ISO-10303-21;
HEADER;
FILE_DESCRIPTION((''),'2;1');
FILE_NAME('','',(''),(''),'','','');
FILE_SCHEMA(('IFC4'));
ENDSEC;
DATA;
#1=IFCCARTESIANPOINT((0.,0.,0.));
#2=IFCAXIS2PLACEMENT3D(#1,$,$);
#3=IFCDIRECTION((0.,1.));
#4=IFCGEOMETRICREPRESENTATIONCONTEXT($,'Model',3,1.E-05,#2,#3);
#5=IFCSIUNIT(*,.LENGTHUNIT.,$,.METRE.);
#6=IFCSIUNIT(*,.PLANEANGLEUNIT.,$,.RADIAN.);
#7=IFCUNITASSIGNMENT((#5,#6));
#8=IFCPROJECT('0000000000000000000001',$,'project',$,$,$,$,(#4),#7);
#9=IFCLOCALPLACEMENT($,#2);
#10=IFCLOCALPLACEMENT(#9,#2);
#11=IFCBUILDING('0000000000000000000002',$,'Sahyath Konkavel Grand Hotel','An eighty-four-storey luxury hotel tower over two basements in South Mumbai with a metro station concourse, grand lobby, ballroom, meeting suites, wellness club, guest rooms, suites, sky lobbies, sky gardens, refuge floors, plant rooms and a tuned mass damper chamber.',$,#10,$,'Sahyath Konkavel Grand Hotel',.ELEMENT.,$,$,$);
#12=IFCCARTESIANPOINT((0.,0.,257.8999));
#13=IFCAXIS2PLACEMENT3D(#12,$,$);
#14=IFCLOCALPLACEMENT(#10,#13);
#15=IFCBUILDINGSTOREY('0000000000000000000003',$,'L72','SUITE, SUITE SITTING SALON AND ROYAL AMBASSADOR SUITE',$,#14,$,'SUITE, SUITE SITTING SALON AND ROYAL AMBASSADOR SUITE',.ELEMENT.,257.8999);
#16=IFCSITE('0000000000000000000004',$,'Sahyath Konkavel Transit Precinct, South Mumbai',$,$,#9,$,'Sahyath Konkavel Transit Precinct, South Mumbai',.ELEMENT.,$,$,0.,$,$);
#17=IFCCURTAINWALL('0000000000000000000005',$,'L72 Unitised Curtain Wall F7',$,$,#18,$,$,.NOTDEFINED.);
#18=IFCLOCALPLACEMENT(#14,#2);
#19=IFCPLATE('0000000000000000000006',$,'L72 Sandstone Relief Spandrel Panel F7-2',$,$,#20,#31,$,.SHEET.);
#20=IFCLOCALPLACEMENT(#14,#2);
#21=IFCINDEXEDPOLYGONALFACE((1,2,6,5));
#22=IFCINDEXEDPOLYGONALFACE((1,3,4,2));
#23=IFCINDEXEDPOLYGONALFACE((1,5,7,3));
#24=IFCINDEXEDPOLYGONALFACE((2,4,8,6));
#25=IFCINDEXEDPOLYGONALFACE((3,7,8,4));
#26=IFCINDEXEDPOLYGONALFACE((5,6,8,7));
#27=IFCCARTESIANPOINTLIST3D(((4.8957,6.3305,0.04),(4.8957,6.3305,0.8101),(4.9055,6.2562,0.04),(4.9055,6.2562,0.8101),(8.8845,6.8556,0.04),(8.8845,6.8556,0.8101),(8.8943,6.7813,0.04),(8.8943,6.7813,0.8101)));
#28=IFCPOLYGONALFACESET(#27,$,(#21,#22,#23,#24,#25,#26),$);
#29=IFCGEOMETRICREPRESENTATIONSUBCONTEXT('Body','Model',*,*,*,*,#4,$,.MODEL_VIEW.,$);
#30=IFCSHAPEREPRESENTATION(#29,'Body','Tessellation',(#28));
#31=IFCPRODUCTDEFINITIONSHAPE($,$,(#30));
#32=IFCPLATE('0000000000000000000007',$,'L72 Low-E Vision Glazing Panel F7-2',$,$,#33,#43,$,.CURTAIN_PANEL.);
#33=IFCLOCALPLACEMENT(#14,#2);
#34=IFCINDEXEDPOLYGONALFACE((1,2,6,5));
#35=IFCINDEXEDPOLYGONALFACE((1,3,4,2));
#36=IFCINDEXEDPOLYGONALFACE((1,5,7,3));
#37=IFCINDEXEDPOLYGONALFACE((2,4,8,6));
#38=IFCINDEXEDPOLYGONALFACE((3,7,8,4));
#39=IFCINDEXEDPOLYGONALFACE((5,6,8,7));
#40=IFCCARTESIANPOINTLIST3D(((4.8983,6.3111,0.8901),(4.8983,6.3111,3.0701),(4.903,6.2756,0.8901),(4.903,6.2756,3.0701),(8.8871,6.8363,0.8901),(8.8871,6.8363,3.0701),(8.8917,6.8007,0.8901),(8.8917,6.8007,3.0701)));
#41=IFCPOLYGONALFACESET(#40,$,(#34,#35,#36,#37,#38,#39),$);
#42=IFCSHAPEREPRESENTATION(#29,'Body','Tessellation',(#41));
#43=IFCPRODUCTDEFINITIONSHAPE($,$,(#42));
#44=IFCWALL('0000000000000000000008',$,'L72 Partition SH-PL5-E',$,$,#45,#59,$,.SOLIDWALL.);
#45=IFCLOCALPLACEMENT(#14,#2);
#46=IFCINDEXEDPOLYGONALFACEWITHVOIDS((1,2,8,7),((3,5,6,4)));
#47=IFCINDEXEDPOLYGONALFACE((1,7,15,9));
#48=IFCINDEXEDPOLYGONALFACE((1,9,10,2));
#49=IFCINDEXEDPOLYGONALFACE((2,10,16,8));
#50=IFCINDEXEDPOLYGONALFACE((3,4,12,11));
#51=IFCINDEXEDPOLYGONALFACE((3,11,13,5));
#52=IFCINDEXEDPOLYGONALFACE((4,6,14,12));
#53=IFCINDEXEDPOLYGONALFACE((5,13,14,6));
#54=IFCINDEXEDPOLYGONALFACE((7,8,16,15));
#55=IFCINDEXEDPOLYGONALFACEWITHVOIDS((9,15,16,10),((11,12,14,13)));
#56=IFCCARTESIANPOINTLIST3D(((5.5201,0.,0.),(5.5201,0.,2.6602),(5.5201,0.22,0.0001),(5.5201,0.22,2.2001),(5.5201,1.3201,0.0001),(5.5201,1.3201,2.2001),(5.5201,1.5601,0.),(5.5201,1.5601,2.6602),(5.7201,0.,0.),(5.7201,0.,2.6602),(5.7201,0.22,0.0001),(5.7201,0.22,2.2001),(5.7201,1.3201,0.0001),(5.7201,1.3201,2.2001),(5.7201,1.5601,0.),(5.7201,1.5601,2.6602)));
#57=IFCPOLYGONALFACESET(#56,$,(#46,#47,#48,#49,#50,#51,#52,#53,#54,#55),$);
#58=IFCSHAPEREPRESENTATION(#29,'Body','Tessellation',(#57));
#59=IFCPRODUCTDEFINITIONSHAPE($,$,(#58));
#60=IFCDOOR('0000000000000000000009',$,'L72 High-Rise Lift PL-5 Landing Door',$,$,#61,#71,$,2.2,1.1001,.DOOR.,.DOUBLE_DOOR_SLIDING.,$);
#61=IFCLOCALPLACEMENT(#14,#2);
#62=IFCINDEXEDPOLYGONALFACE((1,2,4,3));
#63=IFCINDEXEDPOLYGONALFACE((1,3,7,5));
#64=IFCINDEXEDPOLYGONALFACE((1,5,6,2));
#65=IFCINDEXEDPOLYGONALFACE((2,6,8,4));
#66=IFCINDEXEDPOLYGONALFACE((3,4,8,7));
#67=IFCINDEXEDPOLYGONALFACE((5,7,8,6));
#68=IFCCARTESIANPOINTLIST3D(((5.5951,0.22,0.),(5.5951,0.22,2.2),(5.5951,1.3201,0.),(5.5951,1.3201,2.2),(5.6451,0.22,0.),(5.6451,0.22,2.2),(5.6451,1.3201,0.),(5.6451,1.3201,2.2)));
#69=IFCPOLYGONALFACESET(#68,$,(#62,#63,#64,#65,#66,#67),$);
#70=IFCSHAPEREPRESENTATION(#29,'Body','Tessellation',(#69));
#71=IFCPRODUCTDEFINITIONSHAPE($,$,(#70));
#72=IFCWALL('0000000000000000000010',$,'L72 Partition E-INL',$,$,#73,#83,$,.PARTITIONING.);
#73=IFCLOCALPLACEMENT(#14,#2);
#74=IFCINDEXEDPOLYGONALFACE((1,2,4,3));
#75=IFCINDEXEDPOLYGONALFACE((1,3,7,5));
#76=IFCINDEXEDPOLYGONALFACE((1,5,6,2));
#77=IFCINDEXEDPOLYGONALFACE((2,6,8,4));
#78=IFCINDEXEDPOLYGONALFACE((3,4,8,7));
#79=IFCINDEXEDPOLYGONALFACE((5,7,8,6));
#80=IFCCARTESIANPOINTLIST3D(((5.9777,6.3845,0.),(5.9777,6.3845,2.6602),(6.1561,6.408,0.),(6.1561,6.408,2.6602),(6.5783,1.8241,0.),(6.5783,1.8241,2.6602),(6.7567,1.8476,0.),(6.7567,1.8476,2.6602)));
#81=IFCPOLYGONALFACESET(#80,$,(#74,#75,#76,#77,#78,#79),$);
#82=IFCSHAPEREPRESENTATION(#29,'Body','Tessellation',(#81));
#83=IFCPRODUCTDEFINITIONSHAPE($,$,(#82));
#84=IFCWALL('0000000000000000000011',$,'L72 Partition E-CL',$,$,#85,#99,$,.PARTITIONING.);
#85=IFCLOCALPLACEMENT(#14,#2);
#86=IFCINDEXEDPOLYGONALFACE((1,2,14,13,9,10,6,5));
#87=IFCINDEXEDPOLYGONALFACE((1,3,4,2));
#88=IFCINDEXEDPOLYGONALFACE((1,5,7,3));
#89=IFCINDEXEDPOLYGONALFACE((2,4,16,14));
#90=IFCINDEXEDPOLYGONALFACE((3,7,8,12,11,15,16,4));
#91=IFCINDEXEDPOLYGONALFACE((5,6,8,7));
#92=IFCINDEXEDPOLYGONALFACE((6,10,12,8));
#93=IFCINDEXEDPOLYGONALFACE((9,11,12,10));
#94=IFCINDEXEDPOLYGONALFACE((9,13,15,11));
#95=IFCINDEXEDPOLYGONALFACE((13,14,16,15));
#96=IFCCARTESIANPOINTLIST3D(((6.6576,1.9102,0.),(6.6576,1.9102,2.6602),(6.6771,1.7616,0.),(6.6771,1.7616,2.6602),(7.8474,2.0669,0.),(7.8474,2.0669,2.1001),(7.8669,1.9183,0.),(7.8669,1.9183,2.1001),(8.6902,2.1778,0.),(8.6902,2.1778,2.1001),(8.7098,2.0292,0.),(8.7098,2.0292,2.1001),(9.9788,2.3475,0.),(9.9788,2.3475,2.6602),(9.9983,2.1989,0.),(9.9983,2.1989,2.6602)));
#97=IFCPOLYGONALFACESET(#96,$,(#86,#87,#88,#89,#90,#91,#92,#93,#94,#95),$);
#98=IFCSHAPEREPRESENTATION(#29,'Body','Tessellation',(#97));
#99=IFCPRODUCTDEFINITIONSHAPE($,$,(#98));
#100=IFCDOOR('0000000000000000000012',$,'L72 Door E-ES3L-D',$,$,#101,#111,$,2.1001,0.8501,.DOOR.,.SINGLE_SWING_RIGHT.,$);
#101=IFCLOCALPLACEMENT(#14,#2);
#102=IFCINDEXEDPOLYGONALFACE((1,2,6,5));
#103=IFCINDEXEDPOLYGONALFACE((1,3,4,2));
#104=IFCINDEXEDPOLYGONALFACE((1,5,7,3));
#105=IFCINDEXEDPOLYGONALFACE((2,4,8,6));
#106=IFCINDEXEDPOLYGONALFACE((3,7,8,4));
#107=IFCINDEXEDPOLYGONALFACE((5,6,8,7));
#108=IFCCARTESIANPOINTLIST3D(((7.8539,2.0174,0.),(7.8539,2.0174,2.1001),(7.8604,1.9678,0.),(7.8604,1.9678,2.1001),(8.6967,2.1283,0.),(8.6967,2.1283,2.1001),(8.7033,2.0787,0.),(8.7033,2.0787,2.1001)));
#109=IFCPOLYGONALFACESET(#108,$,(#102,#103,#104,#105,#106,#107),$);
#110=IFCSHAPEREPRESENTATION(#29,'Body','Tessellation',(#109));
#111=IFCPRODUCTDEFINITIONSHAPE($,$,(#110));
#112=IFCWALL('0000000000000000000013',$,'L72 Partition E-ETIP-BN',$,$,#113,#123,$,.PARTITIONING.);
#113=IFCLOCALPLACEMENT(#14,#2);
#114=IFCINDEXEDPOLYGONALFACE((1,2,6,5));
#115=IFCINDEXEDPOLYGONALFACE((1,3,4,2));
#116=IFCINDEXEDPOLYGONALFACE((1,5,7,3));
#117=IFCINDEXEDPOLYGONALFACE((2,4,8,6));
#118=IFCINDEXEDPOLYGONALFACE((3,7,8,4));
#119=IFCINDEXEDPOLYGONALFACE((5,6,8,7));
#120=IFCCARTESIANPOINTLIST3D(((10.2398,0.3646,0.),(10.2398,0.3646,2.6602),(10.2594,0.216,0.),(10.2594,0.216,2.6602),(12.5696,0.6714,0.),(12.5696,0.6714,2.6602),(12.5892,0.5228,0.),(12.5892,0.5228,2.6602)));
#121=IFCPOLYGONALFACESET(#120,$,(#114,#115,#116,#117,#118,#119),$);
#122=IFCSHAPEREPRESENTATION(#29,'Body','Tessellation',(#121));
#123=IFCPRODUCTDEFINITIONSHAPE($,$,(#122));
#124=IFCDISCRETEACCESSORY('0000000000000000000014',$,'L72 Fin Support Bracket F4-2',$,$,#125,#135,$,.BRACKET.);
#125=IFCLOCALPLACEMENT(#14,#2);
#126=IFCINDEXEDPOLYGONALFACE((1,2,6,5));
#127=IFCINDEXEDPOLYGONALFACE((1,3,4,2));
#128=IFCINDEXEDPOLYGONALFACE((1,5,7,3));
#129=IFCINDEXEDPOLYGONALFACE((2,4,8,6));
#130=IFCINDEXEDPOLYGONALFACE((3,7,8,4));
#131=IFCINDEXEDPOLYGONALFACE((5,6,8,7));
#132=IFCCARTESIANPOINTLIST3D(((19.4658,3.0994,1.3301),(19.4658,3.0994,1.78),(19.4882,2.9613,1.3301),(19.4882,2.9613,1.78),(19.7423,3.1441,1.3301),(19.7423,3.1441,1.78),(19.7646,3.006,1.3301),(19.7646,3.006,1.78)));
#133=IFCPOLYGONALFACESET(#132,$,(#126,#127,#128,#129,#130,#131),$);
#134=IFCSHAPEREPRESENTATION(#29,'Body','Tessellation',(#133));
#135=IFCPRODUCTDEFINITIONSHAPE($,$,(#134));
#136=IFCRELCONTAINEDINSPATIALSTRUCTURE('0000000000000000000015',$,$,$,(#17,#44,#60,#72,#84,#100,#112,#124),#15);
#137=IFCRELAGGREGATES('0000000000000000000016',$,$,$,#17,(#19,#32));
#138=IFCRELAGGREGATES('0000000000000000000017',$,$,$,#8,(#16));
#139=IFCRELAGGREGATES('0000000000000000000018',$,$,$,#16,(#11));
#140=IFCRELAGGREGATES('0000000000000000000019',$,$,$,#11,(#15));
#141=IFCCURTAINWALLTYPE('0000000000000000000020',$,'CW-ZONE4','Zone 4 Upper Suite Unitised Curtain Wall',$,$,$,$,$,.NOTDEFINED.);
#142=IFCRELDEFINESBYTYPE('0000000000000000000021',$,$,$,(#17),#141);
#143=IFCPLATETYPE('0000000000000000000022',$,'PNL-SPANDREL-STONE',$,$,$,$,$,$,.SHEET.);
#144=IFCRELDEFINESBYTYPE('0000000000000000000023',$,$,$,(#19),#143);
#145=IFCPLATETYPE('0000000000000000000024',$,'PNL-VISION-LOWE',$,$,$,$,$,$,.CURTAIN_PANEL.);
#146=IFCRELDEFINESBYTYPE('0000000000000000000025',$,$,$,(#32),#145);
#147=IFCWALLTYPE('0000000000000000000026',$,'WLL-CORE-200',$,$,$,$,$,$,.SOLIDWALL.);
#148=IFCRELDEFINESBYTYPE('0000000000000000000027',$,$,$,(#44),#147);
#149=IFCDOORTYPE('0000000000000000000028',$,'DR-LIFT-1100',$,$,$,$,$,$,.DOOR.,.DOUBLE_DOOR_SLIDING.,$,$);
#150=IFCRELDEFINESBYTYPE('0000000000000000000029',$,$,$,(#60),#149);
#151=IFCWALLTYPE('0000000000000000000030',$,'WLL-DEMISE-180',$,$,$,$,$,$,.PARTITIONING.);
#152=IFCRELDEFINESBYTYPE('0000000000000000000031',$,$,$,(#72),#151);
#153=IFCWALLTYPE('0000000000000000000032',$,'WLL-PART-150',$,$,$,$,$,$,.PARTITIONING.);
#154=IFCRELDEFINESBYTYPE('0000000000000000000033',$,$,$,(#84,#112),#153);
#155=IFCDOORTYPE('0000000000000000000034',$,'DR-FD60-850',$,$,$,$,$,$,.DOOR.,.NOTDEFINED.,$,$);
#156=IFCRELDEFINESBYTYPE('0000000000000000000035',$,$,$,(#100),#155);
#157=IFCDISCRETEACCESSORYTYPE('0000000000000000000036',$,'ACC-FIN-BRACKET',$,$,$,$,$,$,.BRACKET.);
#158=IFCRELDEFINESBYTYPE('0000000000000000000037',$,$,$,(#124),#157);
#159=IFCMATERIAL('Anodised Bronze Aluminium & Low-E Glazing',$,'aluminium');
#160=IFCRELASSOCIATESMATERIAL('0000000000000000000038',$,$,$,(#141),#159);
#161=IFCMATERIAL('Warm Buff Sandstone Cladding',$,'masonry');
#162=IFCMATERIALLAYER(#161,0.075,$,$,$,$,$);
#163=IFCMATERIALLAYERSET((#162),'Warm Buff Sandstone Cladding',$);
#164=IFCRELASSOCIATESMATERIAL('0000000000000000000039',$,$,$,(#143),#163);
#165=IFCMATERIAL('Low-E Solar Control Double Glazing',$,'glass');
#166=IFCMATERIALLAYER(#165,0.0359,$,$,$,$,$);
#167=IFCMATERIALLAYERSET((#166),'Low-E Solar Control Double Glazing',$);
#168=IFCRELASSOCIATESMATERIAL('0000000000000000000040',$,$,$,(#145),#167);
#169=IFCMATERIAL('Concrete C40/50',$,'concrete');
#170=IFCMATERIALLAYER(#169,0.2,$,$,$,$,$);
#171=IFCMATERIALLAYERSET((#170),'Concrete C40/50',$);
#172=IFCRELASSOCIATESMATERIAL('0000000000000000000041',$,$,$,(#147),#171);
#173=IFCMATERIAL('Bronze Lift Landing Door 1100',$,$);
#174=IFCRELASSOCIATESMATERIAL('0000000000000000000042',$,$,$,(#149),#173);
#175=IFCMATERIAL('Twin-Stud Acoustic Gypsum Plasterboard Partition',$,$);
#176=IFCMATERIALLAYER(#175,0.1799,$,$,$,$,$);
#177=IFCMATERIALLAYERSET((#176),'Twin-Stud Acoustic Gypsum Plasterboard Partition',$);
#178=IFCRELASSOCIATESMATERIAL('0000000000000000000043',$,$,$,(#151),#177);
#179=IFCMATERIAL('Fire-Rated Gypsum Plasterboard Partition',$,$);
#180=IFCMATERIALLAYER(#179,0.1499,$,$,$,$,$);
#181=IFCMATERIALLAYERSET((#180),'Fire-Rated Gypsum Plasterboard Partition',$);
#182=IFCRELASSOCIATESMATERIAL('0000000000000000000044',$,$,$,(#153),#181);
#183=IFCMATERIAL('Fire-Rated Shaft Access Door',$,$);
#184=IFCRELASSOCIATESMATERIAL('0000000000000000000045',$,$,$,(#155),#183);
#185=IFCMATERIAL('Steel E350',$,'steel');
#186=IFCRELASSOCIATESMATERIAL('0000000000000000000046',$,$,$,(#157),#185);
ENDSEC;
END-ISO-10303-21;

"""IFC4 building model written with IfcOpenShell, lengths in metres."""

from ifc_helpers import new_model, si_unit, direction, frame, frame_2d, origin, origin_2d, place, context, subcontext, project, spatial, rectangle, extrude, source, transform, mapped, material, layer, layer_set, type_object, element, fill, aggregate, save


model = new_model("IFC4")

# Units and contexts
model_context = context("Model", 3, precision=1e-05, world=origin(), true_north=direction((0.0, 1.0)))
body_context = subcontext(model_context, "Body", "Model", "MODEL_VIEW")
ifc_project = project(units=[si_unit("LENGTHUNIT", "METRE"), si_unit("PLANEANGLEUNIT", "RADIAN")], contexts=[model_context])

# Site, building, storey
site_placement = place(None, origin())
site = spatial("IfcSite", under=ifc_project, at=site_placement, Name="Sahyath Konkavel Transit Precinct, South Mumbai", LongName="Sahyath Konkavel Transit Precinct, South Mumbai", CompositionType="ELEMENT", RefElevation=0.0)
building_placement = place(site_placement, origin())
building = spatial("IfcBuilding", under=site, at=building_placement, Name="Sahyath Konkavel Grand Hotel", Description="An eighty-four-storey luxury hotel tower over two basements in South Mumbai with a metro station concourse, grand lobby, ballroom, meeting suites, wellness club, guest rooms, suites, sky lobbies, sky gardens, refuge floors, plant rooms and a tuned mass damper chamber.", LongName="Sahyath Konkavel Grand Hotel", CompositionType="ELEMENT")
storey_placement = place(building_placement, frame((0.0, 0.0, 257.8999)))
storey = spatial("IfcBuildingStorey", under=building, at=storey_placement, Name="L72", Description="SUITE, SUITE SITTING SALON AND ROYAL AMBASSADOR SUITE", LongName="SUITE, SUITE SITTING SALON AND ROYAL AMBASSADOR SUITE", CompositionType="ELEMENT", Elevation=257.8999)

# Shared definitions
ifc_material_1 = material(Name="Concrete C40/50", Category="concrete")

# Shared definitions
ifc_material_2 = material(Name="Steel E350", Category="steel")

# Shared definitions
ifc_material_3 = material(Name="Anodised Bronze Aluminium & Low-E Glazing", Category="aluminium")
curtain_wall_type = type_object("IfcCurtainWallType", Name="CW-ZONE4", Description="Zone 4 Upper Suite Unitised Curtain Wall", PredefinedType="NOTDEFINED", material=ifc_material_3)

# Curtain wall
curtain_wall_1_placement = place(storey_placement, origin())
curtain_wall_1 = element("IfcCurtainWall", 1, at=curtain_wall_1_placement, inside=storey, type_object=curtain_wall_type, Name="L72 Unitised Curtain Wall F7", PredefinedType="NOTDEFINED")

# Plates
ifc_material_4 = material(Name="Warm Buff Sandstone Cladding", Category="masonry")
ifc_layer_1 = layer(ifc_material_4, 0.075)
ifc_layer_set_1 = layer_set([ifc_layer_1], Name="Warm Buff Sandstone Cladding")
plate_type_1 = type_object("IfcPlateType", Name="PNL-SPANDREL-STONE", PredefinedType="SHEET", material=ifc_layer_set_1)
ifc_material_5 = material(Name="Low-E Solar Control Double Glazing", Category="glass")
ifc_layer_2 = layer(ifc_material_5, 0.0359)
ifc_layer_set_2 = layer_set([ifc_layer_2], Name="Low-E Solar Control Double Glazing")
plate_type_2 = type_object("IfcPlateType", Name="PNL-VISION-LOWE", PredefinedType="CURTAIN_PANEL", material=ifc_layer_set_2)
shared_shape_1 = source(origin(), body_context, "Body", "SweptSolid", [
    extrude(rectangle(XDim=4.0232, YDim=0.075, at=origin_2d()), origin(), (0.0, 0.0, 1.0), 0.77),
])
plate_1_placement = place(storey_placement, frame((6.895, 6.5559, 0.04), z_axis=(0.0, 0.0, 1.0), x_axis=(-0.991445, -0.130526, 0.0)))
plate_1 = element("IfcPlate", 2, at=plate_1_placement, type_object=plate_type_1, Name="L72 Sandstone Relief Spandrel Panel F7-2", PredefinedType="SHEET", context=body_context, shape_type="MappedRepresentation", body=[
    mapped(shared_shape_1, transform((0.0, 0.0, 0.0), scale=1.0)),
])
shared_shape_2 = source(origin(), body_context, "Body", "SweptSolid", [
    extrude(rectangle(XDim=4.0232, YDim=0.0359, at=origin_2d()), origin(), (0.0, 0.0, 1.0), 2.1799),
])
plate_2_placement = place(storey_placement, frame((6.895, 6.5559, 0.8901), z_axis=(0.0, 0.0, 1.0), x_axis=(-0.991445, -0.130526, 0.0)))
plate_2 = element("IfcPlate", 3, at=plate_2_placement, type_object=plate_type_2, Name="L72 Low-E Vision Glazing Panel F7-2", PredefinedType="CURTAIN_PANEL", context=body_context, shape_type="MappedRepresentation", body=[
    mapped(shared_shape_2, transform((0.0, 0.0, 0.0), scale=1.0)),
])
aggregate(curtain_wall_1, [plate_1, plate_2])

# Wall, opening, door
ifc_layer_3 = layer(ifc_material_1, 0.2)
ifc_layer_set_3 = layer_set([ifc_layer_3], Name="Concrete C40/50")
wall_type_1 = type_object("IfcWallType", Name="WLL-CORE-200", PredefinedType="SOLIDWALL", material=ifc_layer_set_3)
wall_1_placement = place(storey_placement, frame((5.6201, 0.0, 0.0), z_axis=(0.0, 0.0, 1.0), x_axis=(0.0, 1.0, 0.0)))
wall_1 = element("IfcWall", 4, at=wall_1_placement, inside=storey, type_object=wall_type_1, Name="L72 Partition SH-PL5-E", PredefinedType="SOLIDWALL", context=body_context, shape_type="SweptSolid", body=[
    extrude(rectangle(XDim=1.5601, YDim=0.2, at=frame_2d((0.78, 0.0))), origin(), (0.0, 0.0, 1.0), 2.6602),
])
opening_1_placement = place(wall_1_placement, frame((0.22, 0.0, 0.0)))
opening_1 = element("IfcOpeningElement", 5, at=opening_1_placement, cuts=wall_1, PredefinedType="OPENING", context=body_context, shape_type="SweptSolid", body=[
    extrude(rectangle(XDim=1.1001, YDim=2.2, at=frame_2d((0.55, 1.1001))), frame((0.0, 0.1099, 0.0), z_axis=(0.0, -1.0, 0.0), x_axis=(1.0, 0.0, 0.0)), (0.0, 0.0, 1.0), 0.22),
])
ifc_material_6 = material(Name="Bronze Lift Landing Door 1100")
door_type_1 = type_object("IfcDoorType", Name="DR-LIFT-1100", OperationType="DOUBLE_DOOR_SLIDING", PredefinedType="DOOR", material=ifc_material_6)
shared_shape_3 = source(origin(), body_context, "Body", "SweptSolid", [
    extrude(rectangle(XDim=1.1001, YDim=0.05, at=origin_2d()), origin(), (0.0, 0.0, 1.0), 2.2),
])
door_1_placement = place(opening_1_placement, frame((0.55, 0.0, 0.0)))
door_1 = element("IfcDoor", 6, at=door_1_placement, inside=storey, type_object=door_type_1, Name="L72 High-Rise Lift PL-5 Landing Door", OperationType="DOUBLE_DOOR_SLIDING", OverallHeight=2.2, OverallWidth=1.1001, PredefinedType="DOOR", context=body_context, shape_type="MappedRepresentation", body=[
    mapped(shared_shape_3, transform((0.0, 0.0, 0.0), scale=1.0)),
])
fill(opening_1, door_1)

# Wall
ifc_material_7 = material(Name="Twin-Stud Acoustic Gypsum Plasterboard Partition")
ifc_layer_4 = layer(ifc_material_7, 0.1799)
ifc_layer_set_4 = layer_set([ifc_layer_4], Name="Twin-Stud Acoustic Gypsum Plasterboard Partition")
wall_type_2 = type_object("IfcWallType", Name="WLL-DEMISE-180", PredefinedType="PARTITIONING", material=ifc_layer_set_4)
wall_2_placement = place(storey_placement, frame((6.6675, 1.8359, 0.0), z_axis=(0.0, 0.0, 1.0), x_axis=(-0.130564, 0.99144, 0.0)))
element("IfcWall", 7, at=wall_2_placement, inside=storey, type_object=wall_type_2, Name="L72 Partition E-INL", PredefinedType="PARTITIONING", context=body_context, shape_type="SweptSolid", body=[
    extrude(rectangle(XDim=4.5999, YDim=0.1799, at=frame_2d((2.2998, 0.0))), origin(), (0.0, 0.0, 1.0), 2.6602),
])

# Wall, opening, door
ifc_material_8 = material(Name="Fire-Rated Gypsum Plasterboard Partition")
ifc_layer_5 = layer(ifc_material_8, 0.1499)
ifc_layer_set_5 = layer_set([ifc_layer_5], Name="Fire-Rated Gypsum Plasterboard Partition")
wall_type_3 = type_object("IfcWallType", Name="WLL-PART-150", PredefinedType="PARTITIONING", material=ifc_layer_set_5)
wall_3_placement = place(storey_placement, frame((6.6675, 1.8359, 0.0), z_axis=(0.0, 0.0, 1.0), x_axis=(0.991445, 0.130526, 0.0)))
wall_3 = element("IfcWall", 8, at=wall_3_placement, inside=storey, type_object=wall_type_3, Name="L72 Partition E-CL", PredefinedType="PARTITIONING", context=body_context, shape_type="SweptSolid", body=[
    extrude(rectangle(XDim=3.3499, YDim=0.1499, at=frame_2d((1.6748, 0.0))), origin(), (0.0, 0.0, 1.0), 2.6602),
])
opening_2_placement = place(wall_3_placement, frame((1.2, 0.0, 0.0)))
opening_2 = element("IfcOpeningElement", 9, at=opening_2_placement, cuts=wall_3, PredefinedType="OPENING", context=body_context, shape_type="SweptSolid", body=[
    extrude(rectangle(XDim=0.8501, YDim=2.1001, at=frame_2d((0.425, 1.05))), frame((0.0, 0.085, 0.0), z_axis=(0.0, -1.0, 0.0), x_axis=(1.0, 0.0, 0.0)), (0.0, 0.0, 1.0), 0.1699),
])
ifc_material_9 = material(Name="Fire-Rated Shaft Access Door")
door_type_2 = type_object("IfcDoorType", Name="DR-FD60-850", OperationType="NOTDEFINED", PredefinedType="DOOR", material=ifc_material_9)
shared_shape_4 = source(origin(), body_context, "Body", "SweptSolid", [
    extrude(rectangle(XDim=0.8501, YDim=0.05, at=origin_2d()), origin(), (0.0, 0.0, 1.0), 2.1001),
])
door_2_placement = place(opening_2_placement, frame((0.425, 0.0, 0.0)))
door_2 = element("IfcDoor", 10, at=door_2_placement, inside=storey, type_object=door_type_2, Name="L72 Door E-ES3L-D", OperationType="SINGLE_SWING_RIGHT", OverallHeight=2.1001, OverallWidth=0.8501, PredefinedType="DOOR", context=body_context, shape_type="MappedRepresentation", body=[
    mapped(shared_shape_4, transform((0.0, 0.0, 0.0), scale=1.0)),
])
fill(opening_2, door_2)

# Wall
wall_4_placement = place(storey_placement, frame((10.2498, 0.2903, 0.0), z_axis=(0.0, 0.0, 1.0), x_axis=(0.991436, 0.130592, 0.0)))
element("IfcWall", 11, at=wall_4_placement, inside=storey, type_object=wall_type_3, Name="L72 Partition E-ETIP-BN", PredefinedType="PARTITIONING", context=body_context, shape_type="SweptSolid", body=[
    extrude(rectangle(XDim=2.3499, YDim=0.1499, at=frame_2d((1.1748, 0.0))), origin(), (0.0, 0.0, 1.0), 2.6602),
])

# Discrete accessory
discrete_accessory_type = type_object("IfcDiscreteAccessoryType", Name="ACC-FIN-BRACKET", PredefinedType="BRACKET", material=ifc_material_2)
shared_shape_5 = source(origin(), body_context, "Body", "SweptSolid", [
    extrude(rectangle(XDim=0.28, YDim=0.1399, at=origin_2d()), origin(), (0.0, 0.0, 1.0), 0.45),
])
discrete_accessory_placement = place(storey_placement, frame((19.6152, 3.0527, 1.3301), z_axis=(0.0, 0.0, 1.0), x_axis=(0.987178, 0.159623, 0.0)))
element("IfcDiscreteAccessory", 12, at=discrete_accessory_placement, inside=storey, type_object=discrete_accessory_type, Name="L72 Fin Support Bracket F4-2", PredefinedType="BRACKET", context=body_context, shape_type="MappedRepresentation", body=[
    mapped(shared_shape_5, transform((0.0, 0.0, 0.0), scale=1.0)),
])

save(model, "model.ifc")
